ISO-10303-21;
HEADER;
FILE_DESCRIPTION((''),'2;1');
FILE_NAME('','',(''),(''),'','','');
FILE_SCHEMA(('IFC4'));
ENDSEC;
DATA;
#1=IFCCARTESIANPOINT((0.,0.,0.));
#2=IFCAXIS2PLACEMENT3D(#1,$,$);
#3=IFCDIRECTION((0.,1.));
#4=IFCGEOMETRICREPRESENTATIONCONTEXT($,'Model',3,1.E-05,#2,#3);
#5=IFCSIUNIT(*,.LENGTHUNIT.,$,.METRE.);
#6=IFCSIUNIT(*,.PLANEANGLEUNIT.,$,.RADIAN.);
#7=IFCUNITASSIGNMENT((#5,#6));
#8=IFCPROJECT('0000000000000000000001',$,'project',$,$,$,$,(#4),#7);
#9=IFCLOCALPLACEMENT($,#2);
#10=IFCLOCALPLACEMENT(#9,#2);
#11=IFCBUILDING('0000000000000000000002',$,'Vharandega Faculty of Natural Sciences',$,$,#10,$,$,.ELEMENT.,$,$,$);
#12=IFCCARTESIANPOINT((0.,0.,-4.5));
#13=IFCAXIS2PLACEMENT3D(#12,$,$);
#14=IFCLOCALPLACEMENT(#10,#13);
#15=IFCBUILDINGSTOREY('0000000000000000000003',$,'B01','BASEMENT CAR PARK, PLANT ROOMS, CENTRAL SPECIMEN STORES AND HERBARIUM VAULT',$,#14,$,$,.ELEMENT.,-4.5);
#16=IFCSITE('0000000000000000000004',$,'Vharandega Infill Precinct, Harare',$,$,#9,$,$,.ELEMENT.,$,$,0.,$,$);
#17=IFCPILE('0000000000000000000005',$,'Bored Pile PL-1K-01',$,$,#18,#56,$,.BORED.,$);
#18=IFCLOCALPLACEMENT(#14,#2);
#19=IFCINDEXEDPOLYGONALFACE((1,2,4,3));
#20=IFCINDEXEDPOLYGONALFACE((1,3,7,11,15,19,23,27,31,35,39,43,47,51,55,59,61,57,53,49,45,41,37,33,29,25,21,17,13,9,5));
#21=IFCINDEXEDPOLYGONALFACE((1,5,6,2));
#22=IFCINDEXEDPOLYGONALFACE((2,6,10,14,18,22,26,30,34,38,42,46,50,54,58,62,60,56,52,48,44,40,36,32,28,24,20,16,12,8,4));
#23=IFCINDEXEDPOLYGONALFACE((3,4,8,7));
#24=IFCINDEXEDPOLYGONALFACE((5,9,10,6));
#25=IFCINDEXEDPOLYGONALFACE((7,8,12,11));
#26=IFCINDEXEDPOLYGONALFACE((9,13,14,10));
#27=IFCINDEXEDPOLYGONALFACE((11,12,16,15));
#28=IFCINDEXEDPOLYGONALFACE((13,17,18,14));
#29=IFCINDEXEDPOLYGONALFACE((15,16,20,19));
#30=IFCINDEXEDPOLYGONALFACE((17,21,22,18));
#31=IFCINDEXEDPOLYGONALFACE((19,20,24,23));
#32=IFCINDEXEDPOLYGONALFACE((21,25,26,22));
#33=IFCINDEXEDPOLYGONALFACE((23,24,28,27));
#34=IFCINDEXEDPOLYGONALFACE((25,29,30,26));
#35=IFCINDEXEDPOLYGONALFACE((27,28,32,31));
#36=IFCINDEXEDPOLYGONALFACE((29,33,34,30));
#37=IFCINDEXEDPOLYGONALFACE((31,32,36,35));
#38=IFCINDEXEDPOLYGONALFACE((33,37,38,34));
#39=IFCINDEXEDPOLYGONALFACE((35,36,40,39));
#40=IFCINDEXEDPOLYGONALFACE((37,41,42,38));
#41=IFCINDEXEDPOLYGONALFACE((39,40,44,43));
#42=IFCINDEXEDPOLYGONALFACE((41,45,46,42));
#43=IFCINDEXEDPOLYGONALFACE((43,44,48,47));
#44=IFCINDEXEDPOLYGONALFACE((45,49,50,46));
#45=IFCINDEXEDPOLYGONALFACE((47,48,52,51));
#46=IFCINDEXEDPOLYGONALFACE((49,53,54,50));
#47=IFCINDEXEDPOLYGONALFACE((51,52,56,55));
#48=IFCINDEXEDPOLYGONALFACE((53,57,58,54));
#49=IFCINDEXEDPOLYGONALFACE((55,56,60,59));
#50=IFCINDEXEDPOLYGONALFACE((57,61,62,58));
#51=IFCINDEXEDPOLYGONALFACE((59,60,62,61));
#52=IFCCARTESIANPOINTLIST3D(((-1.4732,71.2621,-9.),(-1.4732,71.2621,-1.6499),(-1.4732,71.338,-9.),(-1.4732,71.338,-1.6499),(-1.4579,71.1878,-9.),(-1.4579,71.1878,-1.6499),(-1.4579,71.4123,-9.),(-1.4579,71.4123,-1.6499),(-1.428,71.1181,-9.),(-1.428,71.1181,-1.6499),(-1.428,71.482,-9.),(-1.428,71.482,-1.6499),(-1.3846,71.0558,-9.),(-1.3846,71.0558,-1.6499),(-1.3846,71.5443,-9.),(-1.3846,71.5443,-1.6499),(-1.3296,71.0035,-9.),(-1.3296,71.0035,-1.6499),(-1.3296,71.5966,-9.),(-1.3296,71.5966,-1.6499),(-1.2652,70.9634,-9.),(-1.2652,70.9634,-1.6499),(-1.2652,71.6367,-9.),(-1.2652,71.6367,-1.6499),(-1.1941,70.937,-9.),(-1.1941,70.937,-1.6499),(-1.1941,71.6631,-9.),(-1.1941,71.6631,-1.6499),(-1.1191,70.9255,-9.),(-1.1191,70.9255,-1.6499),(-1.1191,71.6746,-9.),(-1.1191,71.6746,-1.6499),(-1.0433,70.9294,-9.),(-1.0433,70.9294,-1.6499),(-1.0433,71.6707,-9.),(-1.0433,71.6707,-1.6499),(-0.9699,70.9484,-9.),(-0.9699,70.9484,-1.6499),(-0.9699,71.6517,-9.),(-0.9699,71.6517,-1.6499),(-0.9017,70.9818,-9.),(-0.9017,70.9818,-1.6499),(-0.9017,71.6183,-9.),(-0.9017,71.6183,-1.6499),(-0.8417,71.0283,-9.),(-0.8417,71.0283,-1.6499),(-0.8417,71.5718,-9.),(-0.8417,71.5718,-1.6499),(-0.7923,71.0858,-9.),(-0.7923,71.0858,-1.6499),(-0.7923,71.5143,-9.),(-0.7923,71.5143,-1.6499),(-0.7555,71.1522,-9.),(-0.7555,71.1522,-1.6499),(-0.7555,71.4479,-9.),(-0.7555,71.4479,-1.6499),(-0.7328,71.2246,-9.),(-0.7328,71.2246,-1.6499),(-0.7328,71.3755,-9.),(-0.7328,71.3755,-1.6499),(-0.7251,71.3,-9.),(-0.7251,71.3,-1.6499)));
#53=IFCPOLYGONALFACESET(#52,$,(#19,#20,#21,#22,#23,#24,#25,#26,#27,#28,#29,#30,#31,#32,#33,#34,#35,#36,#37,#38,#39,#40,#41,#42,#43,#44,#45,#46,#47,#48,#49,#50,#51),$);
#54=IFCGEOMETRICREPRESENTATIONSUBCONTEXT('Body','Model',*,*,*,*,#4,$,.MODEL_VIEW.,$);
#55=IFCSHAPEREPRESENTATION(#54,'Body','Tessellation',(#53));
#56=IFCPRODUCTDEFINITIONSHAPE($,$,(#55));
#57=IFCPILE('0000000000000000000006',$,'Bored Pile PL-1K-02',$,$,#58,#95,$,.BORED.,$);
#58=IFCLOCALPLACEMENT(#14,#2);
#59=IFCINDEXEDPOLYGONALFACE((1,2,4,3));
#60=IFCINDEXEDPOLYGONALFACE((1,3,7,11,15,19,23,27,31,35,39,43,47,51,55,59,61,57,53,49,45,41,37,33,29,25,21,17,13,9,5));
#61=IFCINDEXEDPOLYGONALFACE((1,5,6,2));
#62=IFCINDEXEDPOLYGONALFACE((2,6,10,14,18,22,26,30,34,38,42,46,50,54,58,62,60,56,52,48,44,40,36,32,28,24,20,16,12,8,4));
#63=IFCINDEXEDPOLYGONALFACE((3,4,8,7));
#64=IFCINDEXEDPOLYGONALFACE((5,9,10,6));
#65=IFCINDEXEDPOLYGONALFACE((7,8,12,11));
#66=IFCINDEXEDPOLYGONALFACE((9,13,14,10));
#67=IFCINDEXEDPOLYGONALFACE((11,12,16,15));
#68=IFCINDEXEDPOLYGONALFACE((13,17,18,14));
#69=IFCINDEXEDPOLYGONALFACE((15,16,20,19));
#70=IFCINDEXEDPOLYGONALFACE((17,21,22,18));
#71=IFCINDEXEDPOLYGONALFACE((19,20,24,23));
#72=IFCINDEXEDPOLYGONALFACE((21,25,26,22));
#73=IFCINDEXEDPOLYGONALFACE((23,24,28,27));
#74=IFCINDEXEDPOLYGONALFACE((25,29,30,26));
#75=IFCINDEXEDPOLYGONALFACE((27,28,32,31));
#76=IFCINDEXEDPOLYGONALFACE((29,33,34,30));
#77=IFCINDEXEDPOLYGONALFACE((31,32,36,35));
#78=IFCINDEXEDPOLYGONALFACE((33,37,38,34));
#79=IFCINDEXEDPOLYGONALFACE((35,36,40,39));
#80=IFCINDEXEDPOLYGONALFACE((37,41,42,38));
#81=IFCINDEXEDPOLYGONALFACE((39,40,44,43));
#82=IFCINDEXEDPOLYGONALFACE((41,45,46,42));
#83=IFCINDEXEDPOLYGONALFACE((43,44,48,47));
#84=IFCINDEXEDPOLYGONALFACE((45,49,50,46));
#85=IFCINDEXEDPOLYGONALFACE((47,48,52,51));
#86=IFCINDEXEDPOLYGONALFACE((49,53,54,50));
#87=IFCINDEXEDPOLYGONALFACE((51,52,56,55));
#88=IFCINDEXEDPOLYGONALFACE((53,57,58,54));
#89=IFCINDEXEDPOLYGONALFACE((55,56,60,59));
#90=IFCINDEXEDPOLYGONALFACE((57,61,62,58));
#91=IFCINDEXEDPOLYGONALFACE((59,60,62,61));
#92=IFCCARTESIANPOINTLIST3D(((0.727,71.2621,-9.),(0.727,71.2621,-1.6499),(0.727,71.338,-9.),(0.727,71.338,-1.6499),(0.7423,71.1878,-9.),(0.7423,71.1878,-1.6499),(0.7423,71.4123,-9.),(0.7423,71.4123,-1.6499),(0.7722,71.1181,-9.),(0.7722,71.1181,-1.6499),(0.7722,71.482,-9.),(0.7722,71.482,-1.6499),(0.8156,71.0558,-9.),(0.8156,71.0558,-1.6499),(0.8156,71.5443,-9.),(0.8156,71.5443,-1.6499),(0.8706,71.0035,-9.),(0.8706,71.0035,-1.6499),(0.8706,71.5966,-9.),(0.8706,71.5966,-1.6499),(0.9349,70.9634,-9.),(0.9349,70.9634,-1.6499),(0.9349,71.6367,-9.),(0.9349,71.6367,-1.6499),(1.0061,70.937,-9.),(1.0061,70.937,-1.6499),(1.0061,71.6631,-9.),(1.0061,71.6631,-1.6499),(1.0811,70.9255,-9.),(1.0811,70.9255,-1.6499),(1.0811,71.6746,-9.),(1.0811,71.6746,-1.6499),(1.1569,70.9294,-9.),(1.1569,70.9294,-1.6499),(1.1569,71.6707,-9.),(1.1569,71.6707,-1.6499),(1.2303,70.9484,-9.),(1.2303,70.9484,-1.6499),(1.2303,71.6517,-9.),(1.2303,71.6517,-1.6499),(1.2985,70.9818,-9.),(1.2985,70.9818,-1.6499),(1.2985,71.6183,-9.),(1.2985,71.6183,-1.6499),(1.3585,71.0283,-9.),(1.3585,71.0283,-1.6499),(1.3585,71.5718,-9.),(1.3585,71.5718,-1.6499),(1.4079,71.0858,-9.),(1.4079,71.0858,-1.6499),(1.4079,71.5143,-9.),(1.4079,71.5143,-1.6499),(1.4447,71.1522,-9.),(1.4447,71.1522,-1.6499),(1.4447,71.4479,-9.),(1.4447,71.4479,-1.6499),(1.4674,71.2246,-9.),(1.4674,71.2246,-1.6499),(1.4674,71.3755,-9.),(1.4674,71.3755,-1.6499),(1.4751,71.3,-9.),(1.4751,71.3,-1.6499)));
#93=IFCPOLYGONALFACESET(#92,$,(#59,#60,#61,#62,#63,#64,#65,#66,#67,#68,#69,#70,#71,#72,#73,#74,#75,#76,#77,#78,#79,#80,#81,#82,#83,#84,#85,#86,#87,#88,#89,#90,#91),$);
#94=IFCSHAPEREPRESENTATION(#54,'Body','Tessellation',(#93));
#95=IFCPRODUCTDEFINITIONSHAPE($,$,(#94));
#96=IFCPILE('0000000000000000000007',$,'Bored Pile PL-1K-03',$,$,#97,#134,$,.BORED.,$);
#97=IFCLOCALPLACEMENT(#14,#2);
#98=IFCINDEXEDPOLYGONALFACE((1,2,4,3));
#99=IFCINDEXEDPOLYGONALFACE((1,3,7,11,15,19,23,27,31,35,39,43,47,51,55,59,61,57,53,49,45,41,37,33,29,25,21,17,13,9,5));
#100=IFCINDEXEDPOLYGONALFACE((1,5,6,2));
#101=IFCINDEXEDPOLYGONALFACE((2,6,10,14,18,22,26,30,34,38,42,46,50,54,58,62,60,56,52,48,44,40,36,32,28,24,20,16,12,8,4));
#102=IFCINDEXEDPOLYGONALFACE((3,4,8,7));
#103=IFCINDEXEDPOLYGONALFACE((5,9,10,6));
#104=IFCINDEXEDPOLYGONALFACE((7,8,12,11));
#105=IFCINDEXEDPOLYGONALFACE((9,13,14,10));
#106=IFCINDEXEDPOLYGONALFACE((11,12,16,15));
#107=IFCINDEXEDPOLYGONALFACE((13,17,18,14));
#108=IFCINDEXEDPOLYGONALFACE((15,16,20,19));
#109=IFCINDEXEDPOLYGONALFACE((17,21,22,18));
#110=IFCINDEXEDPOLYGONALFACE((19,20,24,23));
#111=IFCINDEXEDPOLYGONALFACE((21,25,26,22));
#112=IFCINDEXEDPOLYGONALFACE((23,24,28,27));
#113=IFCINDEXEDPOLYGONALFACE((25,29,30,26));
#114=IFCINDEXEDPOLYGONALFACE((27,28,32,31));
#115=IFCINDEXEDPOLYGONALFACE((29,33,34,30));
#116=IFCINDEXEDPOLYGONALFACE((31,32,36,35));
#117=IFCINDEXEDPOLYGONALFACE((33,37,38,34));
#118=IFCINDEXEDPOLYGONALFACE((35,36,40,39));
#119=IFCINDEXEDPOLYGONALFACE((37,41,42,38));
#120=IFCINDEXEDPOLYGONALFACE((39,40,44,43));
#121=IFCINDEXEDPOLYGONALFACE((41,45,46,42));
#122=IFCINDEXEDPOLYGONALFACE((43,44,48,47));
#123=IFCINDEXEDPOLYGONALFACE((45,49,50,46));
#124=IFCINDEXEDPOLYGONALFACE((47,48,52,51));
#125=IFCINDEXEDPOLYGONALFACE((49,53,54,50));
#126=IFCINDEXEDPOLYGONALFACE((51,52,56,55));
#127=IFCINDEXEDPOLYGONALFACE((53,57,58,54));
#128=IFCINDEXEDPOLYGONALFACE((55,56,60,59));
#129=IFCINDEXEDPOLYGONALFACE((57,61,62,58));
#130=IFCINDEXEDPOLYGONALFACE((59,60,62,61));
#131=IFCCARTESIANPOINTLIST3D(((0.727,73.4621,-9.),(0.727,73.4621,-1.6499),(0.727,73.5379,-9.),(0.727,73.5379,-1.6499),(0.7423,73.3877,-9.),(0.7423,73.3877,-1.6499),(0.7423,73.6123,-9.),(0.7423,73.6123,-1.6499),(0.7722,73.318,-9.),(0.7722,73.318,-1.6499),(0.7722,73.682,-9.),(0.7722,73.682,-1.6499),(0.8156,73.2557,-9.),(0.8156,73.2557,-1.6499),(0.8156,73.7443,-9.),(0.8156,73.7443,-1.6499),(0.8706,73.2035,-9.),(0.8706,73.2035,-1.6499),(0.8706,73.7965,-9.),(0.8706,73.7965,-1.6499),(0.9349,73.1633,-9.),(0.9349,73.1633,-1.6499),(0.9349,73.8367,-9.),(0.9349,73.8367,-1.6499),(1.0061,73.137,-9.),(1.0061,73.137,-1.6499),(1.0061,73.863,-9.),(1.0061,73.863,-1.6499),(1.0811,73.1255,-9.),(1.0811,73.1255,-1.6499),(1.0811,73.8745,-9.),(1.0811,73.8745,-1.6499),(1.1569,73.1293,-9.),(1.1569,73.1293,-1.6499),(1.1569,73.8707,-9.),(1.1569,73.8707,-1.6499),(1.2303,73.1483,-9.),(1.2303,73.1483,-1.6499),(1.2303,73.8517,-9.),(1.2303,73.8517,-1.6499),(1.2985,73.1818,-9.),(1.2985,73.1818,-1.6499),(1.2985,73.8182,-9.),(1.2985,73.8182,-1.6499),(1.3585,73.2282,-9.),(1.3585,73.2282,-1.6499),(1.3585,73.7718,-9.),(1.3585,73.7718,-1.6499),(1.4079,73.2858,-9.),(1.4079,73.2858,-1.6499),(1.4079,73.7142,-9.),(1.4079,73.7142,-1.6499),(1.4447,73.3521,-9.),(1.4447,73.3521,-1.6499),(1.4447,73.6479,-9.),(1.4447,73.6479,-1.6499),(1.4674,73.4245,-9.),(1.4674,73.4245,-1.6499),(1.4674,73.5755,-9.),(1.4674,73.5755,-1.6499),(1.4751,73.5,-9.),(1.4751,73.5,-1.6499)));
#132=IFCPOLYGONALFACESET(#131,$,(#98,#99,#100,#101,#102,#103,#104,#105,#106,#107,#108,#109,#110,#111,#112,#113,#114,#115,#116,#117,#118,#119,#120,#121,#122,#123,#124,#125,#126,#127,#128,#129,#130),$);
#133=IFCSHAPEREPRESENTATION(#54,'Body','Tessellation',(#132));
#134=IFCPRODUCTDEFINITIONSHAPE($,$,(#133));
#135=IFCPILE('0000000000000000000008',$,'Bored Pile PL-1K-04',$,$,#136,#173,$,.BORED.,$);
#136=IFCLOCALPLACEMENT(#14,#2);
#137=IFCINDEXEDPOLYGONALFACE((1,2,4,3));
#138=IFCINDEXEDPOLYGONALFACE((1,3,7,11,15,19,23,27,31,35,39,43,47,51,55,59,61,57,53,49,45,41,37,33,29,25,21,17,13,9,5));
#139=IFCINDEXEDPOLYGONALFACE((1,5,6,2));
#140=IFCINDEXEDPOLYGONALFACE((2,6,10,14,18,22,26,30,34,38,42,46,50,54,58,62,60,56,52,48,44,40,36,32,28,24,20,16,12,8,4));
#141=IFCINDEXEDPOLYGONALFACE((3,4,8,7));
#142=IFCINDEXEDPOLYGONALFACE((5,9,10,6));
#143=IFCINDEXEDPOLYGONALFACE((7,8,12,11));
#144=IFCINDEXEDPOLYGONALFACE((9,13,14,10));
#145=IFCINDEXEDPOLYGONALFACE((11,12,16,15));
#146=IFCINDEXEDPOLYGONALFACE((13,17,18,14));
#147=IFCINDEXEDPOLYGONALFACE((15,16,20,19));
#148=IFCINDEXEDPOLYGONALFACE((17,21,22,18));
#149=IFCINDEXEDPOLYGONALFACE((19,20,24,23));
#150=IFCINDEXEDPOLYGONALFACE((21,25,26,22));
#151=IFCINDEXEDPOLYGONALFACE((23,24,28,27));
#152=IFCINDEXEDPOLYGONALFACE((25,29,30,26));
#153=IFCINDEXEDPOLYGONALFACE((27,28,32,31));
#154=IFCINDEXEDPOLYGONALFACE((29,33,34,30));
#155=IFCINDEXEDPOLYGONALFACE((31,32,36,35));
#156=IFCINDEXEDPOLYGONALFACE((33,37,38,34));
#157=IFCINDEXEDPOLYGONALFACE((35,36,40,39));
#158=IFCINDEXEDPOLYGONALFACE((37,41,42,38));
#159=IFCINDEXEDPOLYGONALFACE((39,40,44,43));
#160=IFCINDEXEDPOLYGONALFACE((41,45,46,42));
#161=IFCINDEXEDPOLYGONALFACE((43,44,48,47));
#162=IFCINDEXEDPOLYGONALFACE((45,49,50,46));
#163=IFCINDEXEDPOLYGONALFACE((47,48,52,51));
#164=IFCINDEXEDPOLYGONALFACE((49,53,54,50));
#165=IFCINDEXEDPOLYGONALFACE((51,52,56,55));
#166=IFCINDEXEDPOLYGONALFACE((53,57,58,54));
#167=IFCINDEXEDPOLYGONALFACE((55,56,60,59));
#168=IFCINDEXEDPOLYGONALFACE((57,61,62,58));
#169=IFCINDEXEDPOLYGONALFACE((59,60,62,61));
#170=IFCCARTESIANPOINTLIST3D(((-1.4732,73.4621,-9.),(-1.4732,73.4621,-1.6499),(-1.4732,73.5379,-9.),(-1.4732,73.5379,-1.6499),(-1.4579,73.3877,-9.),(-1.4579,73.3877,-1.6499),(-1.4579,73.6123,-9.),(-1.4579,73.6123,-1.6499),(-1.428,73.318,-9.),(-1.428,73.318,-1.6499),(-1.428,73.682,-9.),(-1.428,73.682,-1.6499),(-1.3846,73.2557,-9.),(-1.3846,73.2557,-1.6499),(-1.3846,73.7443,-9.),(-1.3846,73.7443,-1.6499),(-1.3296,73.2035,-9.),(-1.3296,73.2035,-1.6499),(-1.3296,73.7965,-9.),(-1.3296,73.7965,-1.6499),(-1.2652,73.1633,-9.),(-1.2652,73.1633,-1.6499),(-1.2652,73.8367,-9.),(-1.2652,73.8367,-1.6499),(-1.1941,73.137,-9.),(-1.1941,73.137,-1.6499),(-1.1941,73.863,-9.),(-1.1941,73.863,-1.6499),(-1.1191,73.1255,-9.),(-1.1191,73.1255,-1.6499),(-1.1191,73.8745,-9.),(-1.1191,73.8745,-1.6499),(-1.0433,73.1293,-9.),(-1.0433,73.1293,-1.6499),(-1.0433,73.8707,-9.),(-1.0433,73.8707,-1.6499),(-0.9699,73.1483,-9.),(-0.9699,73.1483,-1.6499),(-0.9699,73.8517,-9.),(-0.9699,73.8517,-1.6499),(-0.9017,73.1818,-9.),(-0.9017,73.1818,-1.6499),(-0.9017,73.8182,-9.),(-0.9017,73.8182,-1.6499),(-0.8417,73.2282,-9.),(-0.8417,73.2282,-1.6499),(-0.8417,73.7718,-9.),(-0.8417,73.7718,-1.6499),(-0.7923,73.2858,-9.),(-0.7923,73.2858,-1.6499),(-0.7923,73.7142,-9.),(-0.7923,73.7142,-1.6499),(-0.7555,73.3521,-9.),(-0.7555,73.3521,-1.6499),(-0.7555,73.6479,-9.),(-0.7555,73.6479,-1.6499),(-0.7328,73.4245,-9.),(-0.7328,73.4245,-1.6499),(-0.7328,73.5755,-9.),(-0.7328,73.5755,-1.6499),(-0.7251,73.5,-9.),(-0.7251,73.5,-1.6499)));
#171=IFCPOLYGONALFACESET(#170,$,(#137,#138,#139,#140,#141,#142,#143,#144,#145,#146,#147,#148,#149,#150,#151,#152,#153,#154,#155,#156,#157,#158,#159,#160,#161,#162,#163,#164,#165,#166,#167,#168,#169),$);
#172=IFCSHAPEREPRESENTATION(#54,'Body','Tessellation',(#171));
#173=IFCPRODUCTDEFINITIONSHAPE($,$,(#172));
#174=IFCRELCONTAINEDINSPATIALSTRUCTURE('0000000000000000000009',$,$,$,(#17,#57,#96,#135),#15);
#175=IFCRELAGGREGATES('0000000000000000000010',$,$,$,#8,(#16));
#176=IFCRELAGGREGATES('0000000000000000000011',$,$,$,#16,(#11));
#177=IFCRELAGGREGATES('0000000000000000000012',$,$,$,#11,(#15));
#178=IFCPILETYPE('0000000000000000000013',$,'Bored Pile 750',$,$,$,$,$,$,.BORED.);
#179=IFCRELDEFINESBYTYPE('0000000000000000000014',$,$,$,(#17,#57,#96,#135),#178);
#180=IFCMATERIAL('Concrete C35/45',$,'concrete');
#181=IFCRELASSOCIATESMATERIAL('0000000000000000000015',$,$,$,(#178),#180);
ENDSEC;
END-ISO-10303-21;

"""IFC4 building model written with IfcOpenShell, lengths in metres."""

from ifc_helpers import new_model, si_unit, direction, frame, origin, origin_2d, place, context, subcontext, project, spatial, circle, extrude, material, material_profile, profile_set, type_object, element, save


model = new_model("IFC4")

# Units and contexts
model_context = context("Model", 3, precision=1e-05, world=origin(), true_north=direction((0.0, 1.0)))
body_context = subcontext(model_context, "Body", "Model", "MODEL_VIEW")
ifc_project = project(units=[si_unit("LENGTHUNIT", "METRE"), si_unit("PLANEANGLEUNIT", "RADIAN")], contexts=[model_context])

# Site, building, storey
site_placement = place(None, origin())
site = spatial("IfcSite", under=ifc_project, at=site_placement, Name="Vharandega Infill Precinct, Harare", CompositionType="ELEMENT", RefElevation=0.0)
building_placement = place(site_placement, origin())
building = spatial("IfcBuilding", under=site, at=building_placement, Name="Vharandega Faculty of Natural Sciences", CompositionType="ELEMENT")
storey_placement = place(building_placement, frame((0.0, 0.0, -4.5)))
storey = spatial("IfcBuildingStorey", under=building, at=storey_placement, Name="B01", Description="BASEMENT CAR PARK, PLANT ROOMS, CENTRAL SPECIMEN STORES AND HERBARIUM VAULT", CompositionType="ELEMENT", Elevation=-4.5)

# Piles
ifc_material_1 = material(Name="Concrete C35/45", Category="concrete")
ifc_material_profile_1 = material_profile(ifc_material_1, circle(Radius=0.375, at=origin_2d()), Name="PILE 750")
ifc_profile_set_1 = profile_set([ifc_material_profile_1], Name="Concrete C35/45")
pile_type_1 = type_object("IfcPileType", Name="Bored Pile 750", PredefinedType="BORED", material=ifc_profile_set_1)
for number, where, z_axis, x_axis, name in (
    (1, (-1.1001, 71.3, -1.6499), (0.0, 0.0, -1.0), (1.0, 0.0, 0.0), "Bored Pile PL-1K-01"),
    (2, (1.1001, 71.3, -1.6499), (0.0, 0.0, -1.0), (1.0, 0.0, 0.0), "Bored Pile PL-1K-02"),
    (3, (1.1001, 73.5, -1.6499), (0.0, 0.0, -1.0), (1.0, 0.0, 0.0), "Bored Pile PL-1K-03"),
    (4, (-1.1001, 73.5, -1.6499), (0.0, 0.0, -1.0), (1.0, 0.0, 0.0), "Bored Pile PL-1K-04"),
):
    element("IfcPile", number, at=place(storey_placement, frame(where, z_axis=z_axis, x_axis=x_axis)), inside=storey, type_object=pile_type_1, Name=name, PredefinedType="BORED", context=body_context, shape_type="SweptSolid", body=[
        extrude(circle(Radius=0.375, at=origin_2d()), origin(), (0.0, 0.0, 1.0), 7.3501),
    ])

save(model, "model.ifc")
